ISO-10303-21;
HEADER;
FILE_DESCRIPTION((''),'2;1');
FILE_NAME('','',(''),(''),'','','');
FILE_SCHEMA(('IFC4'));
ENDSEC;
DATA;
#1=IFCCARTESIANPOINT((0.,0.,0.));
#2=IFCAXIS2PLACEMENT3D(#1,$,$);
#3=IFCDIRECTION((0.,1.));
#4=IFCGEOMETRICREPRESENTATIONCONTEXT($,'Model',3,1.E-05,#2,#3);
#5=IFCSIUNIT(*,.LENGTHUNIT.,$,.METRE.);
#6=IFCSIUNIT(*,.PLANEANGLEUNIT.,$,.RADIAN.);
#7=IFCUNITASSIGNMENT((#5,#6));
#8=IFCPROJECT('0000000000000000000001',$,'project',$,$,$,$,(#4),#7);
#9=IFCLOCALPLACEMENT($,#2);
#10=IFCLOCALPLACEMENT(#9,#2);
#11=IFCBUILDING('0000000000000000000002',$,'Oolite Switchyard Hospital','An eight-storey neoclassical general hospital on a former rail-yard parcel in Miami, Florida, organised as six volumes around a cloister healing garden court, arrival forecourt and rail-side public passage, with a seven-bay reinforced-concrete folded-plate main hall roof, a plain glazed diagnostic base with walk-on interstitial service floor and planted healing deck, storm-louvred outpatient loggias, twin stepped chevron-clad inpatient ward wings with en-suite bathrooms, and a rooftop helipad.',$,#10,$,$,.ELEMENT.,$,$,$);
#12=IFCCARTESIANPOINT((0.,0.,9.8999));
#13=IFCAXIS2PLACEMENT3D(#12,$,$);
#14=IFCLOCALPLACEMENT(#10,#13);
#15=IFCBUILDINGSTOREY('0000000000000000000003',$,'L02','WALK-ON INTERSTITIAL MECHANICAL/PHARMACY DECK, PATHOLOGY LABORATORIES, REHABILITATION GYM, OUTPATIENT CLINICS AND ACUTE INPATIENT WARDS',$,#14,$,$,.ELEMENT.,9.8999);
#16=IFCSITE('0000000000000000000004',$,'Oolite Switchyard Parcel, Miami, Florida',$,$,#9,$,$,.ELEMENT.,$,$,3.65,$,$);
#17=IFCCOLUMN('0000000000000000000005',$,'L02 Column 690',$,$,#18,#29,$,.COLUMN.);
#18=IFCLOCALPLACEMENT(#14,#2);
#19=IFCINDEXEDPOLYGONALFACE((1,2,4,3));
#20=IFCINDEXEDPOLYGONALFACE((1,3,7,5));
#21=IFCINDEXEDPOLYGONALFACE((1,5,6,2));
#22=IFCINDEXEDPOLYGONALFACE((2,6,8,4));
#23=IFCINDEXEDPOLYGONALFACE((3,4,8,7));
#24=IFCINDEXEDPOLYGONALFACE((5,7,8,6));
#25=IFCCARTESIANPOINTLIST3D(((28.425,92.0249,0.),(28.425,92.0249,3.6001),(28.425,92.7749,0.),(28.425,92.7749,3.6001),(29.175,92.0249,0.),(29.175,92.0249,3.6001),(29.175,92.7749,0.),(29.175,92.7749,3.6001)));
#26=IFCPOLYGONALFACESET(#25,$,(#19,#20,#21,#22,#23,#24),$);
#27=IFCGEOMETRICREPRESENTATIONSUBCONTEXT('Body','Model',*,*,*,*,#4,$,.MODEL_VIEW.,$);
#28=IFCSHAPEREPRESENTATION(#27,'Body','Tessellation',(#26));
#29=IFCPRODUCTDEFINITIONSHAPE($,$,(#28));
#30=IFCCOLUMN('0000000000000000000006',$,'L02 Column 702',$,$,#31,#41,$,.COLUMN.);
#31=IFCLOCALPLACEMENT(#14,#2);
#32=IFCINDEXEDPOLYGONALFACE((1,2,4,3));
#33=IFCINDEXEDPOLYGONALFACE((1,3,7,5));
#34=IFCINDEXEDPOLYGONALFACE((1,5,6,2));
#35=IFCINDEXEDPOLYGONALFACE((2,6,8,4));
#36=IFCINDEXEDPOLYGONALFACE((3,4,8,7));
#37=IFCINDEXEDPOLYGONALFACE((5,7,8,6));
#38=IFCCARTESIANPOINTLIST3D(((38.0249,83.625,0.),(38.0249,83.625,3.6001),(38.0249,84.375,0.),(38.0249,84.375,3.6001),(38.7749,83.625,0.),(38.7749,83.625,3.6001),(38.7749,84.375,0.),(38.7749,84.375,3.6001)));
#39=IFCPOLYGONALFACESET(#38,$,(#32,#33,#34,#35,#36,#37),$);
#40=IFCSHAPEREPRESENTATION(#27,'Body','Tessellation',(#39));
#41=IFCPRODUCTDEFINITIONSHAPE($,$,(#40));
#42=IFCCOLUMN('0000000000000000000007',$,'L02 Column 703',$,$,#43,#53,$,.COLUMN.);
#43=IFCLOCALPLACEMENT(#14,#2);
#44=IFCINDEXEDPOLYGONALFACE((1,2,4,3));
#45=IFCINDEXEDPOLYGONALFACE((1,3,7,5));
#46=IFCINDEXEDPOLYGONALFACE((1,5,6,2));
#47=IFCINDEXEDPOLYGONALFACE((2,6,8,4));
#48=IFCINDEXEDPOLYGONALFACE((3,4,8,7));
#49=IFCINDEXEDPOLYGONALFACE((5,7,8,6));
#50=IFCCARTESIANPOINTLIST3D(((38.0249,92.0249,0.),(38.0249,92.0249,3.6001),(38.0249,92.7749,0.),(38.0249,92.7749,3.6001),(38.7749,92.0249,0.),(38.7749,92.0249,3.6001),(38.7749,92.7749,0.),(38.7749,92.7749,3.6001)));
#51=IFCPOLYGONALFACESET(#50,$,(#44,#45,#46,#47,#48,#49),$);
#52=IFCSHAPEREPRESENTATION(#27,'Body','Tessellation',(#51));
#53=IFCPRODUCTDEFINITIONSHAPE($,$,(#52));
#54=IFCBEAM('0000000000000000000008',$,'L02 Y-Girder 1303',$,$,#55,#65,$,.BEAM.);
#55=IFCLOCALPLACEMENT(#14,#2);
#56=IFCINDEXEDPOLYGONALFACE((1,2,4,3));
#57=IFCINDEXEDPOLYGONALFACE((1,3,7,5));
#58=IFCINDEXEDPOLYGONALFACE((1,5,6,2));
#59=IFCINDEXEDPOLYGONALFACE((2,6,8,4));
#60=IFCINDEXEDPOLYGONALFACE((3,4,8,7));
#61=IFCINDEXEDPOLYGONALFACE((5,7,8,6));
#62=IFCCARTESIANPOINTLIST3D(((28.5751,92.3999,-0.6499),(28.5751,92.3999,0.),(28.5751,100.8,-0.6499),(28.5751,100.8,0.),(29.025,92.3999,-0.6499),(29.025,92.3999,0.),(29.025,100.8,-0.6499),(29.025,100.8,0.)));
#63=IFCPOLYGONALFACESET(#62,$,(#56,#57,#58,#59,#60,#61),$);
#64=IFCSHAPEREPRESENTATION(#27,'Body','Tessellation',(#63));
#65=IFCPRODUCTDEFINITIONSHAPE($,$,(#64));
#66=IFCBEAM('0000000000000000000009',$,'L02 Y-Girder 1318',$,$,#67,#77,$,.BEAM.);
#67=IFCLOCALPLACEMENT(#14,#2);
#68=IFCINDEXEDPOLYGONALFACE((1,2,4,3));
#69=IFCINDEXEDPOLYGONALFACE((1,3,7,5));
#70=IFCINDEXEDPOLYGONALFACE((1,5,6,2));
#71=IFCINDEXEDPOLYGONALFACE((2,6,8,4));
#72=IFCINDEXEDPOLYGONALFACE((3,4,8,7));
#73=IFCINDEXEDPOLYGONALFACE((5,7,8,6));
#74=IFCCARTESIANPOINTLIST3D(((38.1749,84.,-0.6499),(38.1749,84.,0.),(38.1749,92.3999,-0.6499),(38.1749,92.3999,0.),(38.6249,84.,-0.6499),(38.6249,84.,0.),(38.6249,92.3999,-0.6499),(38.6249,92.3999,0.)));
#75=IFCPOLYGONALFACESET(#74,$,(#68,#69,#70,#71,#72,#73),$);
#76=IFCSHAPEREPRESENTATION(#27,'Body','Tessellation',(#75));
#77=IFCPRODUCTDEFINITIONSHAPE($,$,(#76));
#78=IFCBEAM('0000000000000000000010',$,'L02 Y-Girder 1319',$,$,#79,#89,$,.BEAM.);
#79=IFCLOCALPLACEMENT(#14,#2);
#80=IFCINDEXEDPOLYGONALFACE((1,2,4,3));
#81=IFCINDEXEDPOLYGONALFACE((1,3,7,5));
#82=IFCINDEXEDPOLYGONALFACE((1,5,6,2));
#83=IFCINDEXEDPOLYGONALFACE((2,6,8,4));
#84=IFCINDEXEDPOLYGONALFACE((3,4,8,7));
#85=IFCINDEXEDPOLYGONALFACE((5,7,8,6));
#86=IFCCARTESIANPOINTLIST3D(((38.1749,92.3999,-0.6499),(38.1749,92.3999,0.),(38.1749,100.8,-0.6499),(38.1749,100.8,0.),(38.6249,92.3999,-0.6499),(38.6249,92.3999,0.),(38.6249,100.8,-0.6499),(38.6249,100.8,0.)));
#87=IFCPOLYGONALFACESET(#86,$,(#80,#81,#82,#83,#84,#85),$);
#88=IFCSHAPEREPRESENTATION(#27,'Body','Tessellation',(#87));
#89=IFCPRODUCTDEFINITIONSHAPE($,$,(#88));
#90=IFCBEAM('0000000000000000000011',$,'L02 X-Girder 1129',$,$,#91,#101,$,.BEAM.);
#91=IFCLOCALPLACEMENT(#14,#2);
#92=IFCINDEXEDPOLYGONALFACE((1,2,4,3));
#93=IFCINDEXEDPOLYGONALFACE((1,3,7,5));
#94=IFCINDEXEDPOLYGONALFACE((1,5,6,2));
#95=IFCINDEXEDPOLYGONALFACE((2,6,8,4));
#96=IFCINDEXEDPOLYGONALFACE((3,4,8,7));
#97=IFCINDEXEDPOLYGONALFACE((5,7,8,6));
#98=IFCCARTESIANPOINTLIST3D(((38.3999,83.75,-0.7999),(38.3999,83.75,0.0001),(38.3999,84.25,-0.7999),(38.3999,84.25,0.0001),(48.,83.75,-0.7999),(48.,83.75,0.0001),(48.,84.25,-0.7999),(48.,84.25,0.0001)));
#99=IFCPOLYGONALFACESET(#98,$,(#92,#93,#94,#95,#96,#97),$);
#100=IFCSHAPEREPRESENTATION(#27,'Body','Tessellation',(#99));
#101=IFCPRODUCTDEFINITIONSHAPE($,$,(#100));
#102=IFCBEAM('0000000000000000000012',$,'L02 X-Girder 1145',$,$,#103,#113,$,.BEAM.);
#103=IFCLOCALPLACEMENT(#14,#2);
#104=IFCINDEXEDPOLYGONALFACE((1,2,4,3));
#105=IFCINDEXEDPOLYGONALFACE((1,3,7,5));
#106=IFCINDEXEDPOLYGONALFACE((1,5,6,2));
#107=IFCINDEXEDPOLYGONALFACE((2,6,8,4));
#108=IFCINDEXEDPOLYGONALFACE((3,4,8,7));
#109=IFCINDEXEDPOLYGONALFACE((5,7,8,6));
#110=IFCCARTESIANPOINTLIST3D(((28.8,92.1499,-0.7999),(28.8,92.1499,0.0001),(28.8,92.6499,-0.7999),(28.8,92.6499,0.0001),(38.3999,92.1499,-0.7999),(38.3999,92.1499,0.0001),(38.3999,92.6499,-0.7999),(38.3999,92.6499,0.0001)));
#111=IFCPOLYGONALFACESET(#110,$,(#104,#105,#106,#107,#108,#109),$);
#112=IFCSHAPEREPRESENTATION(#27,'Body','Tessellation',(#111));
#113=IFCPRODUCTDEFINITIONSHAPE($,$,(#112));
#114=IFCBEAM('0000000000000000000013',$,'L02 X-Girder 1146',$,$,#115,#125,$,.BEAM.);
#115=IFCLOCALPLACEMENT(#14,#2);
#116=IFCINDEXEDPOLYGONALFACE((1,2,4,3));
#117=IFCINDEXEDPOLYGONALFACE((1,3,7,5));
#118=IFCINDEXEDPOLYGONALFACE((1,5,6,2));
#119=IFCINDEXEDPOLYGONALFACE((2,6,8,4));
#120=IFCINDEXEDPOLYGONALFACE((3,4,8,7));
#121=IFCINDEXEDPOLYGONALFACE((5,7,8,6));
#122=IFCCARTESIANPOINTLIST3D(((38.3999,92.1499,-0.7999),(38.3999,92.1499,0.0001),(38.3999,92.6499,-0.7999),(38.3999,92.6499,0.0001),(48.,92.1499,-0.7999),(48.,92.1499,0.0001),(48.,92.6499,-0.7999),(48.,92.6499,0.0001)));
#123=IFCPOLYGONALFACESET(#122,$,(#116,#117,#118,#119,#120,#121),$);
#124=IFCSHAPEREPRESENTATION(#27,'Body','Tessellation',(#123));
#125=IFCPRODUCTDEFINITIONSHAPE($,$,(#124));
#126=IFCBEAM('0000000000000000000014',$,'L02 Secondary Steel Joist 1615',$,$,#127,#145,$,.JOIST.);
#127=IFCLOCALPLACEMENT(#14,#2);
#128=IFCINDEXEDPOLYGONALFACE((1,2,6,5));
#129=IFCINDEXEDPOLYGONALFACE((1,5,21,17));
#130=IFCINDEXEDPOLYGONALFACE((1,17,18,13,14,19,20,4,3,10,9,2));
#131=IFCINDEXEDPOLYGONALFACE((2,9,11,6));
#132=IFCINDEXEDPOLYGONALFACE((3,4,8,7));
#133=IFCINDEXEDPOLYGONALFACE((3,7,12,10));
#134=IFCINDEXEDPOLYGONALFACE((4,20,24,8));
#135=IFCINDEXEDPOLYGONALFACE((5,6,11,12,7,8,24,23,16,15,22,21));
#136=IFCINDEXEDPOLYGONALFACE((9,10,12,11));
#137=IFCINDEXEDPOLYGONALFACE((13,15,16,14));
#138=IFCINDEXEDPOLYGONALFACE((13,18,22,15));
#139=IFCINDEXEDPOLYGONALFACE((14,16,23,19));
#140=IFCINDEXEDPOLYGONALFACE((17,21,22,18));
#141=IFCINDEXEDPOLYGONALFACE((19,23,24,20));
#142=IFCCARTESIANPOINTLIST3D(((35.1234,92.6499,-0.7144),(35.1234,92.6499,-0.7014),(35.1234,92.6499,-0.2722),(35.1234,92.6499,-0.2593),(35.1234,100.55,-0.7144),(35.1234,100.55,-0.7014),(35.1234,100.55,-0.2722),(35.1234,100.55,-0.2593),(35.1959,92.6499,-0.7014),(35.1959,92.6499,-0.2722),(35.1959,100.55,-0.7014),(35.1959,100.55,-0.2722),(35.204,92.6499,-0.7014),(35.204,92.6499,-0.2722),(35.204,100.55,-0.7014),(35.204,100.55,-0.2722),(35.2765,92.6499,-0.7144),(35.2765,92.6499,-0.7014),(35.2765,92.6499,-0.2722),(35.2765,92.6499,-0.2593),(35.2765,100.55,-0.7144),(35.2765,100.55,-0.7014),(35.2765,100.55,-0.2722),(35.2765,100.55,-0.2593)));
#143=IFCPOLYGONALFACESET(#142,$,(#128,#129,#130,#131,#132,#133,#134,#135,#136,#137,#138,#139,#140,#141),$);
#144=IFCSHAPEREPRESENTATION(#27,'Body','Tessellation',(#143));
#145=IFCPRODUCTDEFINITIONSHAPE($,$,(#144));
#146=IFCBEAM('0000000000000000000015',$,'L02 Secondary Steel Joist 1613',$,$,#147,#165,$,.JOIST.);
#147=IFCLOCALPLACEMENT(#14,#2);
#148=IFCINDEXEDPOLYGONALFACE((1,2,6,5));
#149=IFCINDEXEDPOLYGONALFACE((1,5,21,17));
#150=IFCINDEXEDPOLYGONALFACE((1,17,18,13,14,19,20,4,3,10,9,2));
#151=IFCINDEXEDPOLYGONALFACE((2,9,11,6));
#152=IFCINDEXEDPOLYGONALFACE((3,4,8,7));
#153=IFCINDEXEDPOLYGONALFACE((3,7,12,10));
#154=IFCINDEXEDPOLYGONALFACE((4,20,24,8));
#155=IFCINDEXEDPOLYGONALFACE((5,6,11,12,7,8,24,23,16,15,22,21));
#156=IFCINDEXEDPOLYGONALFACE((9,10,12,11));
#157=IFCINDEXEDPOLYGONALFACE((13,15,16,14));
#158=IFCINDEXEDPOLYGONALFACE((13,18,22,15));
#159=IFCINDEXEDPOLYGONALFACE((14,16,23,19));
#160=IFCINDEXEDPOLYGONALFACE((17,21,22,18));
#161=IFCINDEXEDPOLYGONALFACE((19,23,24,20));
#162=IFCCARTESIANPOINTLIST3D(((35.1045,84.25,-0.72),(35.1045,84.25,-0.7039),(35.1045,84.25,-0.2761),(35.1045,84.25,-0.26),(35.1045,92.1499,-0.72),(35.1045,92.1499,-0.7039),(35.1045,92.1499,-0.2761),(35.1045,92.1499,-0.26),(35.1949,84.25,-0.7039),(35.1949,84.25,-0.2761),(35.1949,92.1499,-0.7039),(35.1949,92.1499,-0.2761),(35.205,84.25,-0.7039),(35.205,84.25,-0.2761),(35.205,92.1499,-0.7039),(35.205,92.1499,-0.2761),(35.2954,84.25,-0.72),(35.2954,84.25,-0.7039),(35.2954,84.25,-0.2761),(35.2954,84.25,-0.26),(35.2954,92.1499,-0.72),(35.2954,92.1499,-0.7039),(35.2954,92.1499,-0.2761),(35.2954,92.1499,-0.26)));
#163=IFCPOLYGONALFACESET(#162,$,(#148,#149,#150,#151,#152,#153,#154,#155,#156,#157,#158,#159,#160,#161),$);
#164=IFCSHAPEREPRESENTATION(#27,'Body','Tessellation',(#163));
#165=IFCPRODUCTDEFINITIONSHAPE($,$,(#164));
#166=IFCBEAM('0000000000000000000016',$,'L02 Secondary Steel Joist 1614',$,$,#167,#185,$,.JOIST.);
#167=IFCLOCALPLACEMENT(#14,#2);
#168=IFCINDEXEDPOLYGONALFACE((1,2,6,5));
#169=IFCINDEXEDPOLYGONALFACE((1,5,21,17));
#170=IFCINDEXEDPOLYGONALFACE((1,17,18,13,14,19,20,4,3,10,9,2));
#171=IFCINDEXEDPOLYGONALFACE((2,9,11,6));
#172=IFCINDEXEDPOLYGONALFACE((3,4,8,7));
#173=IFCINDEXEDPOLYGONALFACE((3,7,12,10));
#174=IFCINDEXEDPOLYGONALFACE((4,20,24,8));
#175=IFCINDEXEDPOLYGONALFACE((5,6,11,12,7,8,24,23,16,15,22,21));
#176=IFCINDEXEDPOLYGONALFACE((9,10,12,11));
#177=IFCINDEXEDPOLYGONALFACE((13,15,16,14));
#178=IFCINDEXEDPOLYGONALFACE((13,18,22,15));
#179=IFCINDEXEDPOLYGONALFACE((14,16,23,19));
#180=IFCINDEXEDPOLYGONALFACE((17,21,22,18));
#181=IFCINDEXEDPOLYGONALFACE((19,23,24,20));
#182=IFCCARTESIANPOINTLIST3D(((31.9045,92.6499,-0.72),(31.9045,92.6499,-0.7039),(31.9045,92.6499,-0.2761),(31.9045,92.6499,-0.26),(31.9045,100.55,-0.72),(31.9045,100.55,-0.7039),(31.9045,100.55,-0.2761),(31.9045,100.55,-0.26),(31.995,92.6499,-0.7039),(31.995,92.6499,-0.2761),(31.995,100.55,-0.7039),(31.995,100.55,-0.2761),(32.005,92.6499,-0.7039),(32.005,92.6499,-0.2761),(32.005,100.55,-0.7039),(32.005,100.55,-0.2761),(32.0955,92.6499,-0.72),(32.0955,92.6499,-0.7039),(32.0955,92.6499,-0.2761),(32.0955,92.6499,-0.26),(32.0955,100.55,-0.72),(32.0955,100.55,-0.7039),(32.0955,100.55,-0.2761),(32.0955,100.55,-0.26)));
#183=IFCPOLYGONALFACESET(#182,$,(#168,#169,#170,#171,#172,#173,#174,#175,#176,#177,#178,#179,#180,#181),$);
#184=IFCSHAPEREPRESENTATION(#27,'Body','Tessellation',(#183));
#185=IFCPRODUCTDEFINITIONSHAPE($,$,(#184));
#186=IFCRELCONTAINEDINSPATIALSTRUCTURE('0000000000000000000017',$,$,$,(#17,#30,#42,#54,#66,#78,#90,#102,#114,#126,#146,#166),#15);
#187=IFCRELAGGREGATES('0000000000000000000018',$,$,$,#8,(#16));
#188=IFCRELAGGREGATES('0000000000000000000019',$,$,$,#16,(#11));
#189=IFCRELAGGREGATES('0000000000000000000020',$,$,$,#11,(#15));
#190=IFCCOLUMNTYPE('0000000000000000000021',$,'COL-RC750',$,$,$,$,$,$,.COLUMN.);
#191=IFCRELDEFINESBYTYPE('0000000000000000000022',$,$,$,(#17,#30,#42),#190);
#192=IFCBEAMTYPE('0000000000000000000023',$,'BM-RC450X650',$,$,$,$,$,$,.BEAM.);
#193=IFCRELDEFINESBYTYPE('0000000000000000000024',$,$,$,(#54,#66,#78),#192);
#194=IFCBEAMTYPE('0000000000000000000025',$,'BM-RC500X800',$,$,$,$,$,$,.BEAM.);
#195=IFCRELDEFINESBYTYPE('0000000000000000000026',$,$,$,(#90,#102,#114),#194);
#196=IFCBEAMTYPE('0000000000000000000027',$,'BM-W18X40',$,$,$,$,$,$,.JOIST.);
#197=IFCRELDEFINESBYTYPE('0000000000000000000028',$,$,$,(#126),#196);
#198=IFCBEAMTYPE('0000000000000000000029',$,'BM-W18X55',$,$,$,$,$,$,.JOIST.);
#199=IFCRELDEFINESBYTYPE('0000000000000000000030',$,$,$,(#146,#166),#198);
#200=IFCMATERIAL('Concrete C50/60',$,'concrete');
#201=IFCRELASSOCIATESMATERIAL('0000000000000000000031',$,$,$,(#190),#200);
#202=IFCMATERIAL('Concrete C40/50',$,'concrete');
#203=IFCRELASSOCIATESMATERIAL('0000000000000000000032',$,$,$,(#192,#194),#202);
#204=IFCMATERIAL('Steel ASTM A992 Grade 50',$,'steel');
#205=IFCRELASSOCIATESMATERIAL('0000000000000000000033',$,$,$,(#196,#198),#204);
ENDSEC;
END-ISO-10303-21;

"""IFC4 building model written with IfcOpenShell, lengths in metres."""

from ifc_helpers import new_model, si_unit, direction, frame, origin, origin_2d, place, context, subcontext, project, spatial, rectangle, i_section, extrude, material, material_profile, profile_set, type_object, element, save


model = new_model("IFC4")

# Units and contexts
model_context = context("Model", 3, precision=1e-05, world=origin(), true_north=direction((0.0, 1.0)))
body_context = subcontext(model_context, "Body", "Model", "MODEL_VIEW")
ifc_project = project(units=[si_unit("LENGTHUNIT", "METRE"), si_unit("PLANEANGLEUNIT", "RADIAN")], contexts=[model_context])

# Site, building, storey
site_placement = place(None, origin())
site = spatial("IfcSite", under=ifc_project, at=site_placement, Name="Oolite Switchyard Parcel, Miami, Florida", CompositionType="ELEMENT", RefElevation=3.65)
building_placement = place(site_placement, origin())
building = spatial("IfcBuilding", under=site, at=building_placement, Name="Oolite Switchyard Hospital", Description="An eight-storey neoclassical general hospital on a former rail-yard parcel in Miami, Florida, organised as six volumes around a cloister healing garden court, arrival forecourt and rail-side public passage, with a seven-bay reinforced-concrete folded-plate main hall roof, a plain glazed diagnostic base with walk-on interstitial service floor and planted healing deck, storm-louvred outpatient loggias, twin stepped chevron-clad inpatient ward wings with en-suite bathrooms, and a rooftop helipad.", CompositionType="ELEMENT")
storey_placement = place(building_placement, frame((0.0, 0.0, 9.8999)))
storey = spatial("IfcBuildingStorey", under=building, at=storey_placement, Name="L02", Description="WALK-ON INTERSTITIAL MECHANICAL/PHARMACY DECK, PATHOLOGY LABORATORIES, REHABILITATION GYM, OUTPATIENT CLINICS AND ACUTE INPATIENT WARDS", CompositionType="ELEMENT", Elevation=9.8999)

# Columns
ifc_material_1 = material(Name="Concrete C50/60", Category="concrete")
ifc_material_profile_1 = material_profile(ifc_material_1, rectangle(XDim=0.75, YDim=0.75, at=origin_2d()), Name="RC750X750")
ifc_profile_set_1 = profile_set([ifc_material_profile_1], Name="Concrete C50/60")
column_type = type_object("IfcColumnType", Name="COL-RC750", PredefinedType="COLUMN", material=ifc_profile_set_1)
for number, where, z_axis, x_axis, name in (
    (1, (28.8, 92.3999, 0.0), (0.0, 0.0, 1.0), (1.0, 0.0, 0.0), "L02 Column 690"),
    (2, (38.3999, 84.0, 0.0), (0.0, 0.0, 1.0), (1.0, 0.0, 0.0), "L02 Column 702"),
    (3, (38.3999, 92.3999, 0.0), (0.0, 0.0, 1.0), (1.0, 0.0, 0.0), "L02 Column 703"),
):
    element("IfcColumn", number, at=place(storey_placement, frame(where, z_axis=z_axis, x_axis=x_axis)), inside=storey, type_object=column_type, Name=name, PredefinedType="COLUMN", context=body_context, shape_type="SweptSolid", body=[
        extrude(rectangle(XDim=0.75, YDim=0.75, at=origin_2d()), origin(), (0.0, 0.0, 1.0), 3.6001),
    ])

# Beams
ifc_material_2 = material(Name="Concrete C40/50", Category="concrete")
ifc_material_profile_2 = material_profile(ifc_material_2, rectangle(XDim=0.45, YDim=0.6499, at=origin_2d()), Name="RCB450X650")
ifc_profile_set_2 = profile_set([ifc_material_profile_2], Name="Concrete C40/50")
beam_type_1 = type_object("IfcBeamType", Name="BM-RC450X650", PredefinedType="BEAM", material=ifc_profile_set_2)
beam_1_placement = place(storey_placement, frame((28.8, 92.3999, -0.325), z_axis=(0.0, 1.0, 0.0), x_axis=(-1.0, 0.0, 0.0)))
element("IfcBeam", 4, at=beam_1_placement, inside=storey, type_object=beam_type_1, Name="L02 Y-Girder 1303", PredefinedType="BEAM", context=body_context, shape_type="SweptSolid", body=[
    extrude(rectangle(XDim=0.45, YDim=0.6499, at=origin_2d()), origin(), (0.0, 0.0, 1.0), 8.4001),
])
beam_2_placement = place(storey_placement, frame((38.3999, 84.0, -0.325), z_axis=(0.0, 1.0, 0.0), x_axis=(-1.0, 0.0, 0.0)))
element("IfcBeam", 5, at=beam_2_placement, inside=storey, type_object=beam_type_1, Name="L02 Y-Girder 1318", PredefinedType="BEAM", context=body_context, shape_type="SweptSolid", body=[
    extrude(rectangle(XDim=0.45, YDim=0.6499, at=origin_2d()), origin(), (0.0, 0.0, 1.0), 8.3999),
])
beam_3_placement = place(storey_placement, frame((38.3999, 92.3999, -0.325), z_axis=(0.0, 1.0, 0.0), x_axis=(-1.0, 0.0, 0.0)))
element("IfcBeam", 6, at=beam_3_placement, inside=storey, type_object=beam_type_1, Name="L02 Y-Girder 1319", PredefinedType="BEAM", context=body_context, shape_type="SweptSolid", body=[
    extrude(rectangle(XDim=0.45, YDim=0.6499, at=origin_2d()), origin(), (0.0, 0.0, 1.0), 8.4001),
])
ifc_material_profile_3 = material_profile(ifc_material_2, rectangle(XDim=0.5, YDim=0.8, at=origin_2d()), Name="RCB500X800")
ifc_profile_set_3 = profile_set([ifc_material_profile_3], Name="Concrete C40/50")
beam_type_2 = type_object("IfcBeamType", Name="BM-RC500X800", PredefinedType="BEAM", material=ifc_profile_set_3)
beam_4_placement = place(storey_placement, frame((38.3999, 84.0, -0.3999), z_axis=(1.0, 0.0, 0.0), x_axis=(0.0, 1.0, 0.0)))
element("IfcBeam", 7, at=beam_4_placement, inside=storey, type_object=beam_type_2, Name="L02 X-Girder 1129", PredefinedType="BEAM", context=body_context, shape_type="SweptSolid", body=[
    extrude(rectangle(XDim=0.5, YDim=0.8, at=origin_2d()), origin(), (0.0, 0.0, 1.0), 9.6001),
])
beam_5_placement = place(storey_placement, frame((28.8, 92.3999, -0.3999), z_axis=(1.0, 0.0, 0.0), x_axis=(0.0, 1.0, 0.0)))
element("IfcBeam", 8, at=beam_5_placement, inside=storey, type_object=beam_type_2, Name="L02 X-Girder 1145", PredefinedType="BEAM", context=body_context, shape_type="SweptSolid", body=[
    extrude(rectangle(XDim=0.5, YDim=0.8, at=origin_2d()), origin(), (0.0, 0.0, 1.0), 9.5999),
])
beam_6_placement = place(storey_placement, frame((38.3999, 92.3999, -0.3999), z_axis=(1.0, 0.0, 0.0), x_axis=(0.0, 1.0, 0.0)))
element("IfcBeam", 9, at=beam_6_placement, inside=storey, type_object=beam_type_2, Name="L02 X-Girder 1146", PredefinedType="BEAM", context=body_context, shape_type="SweptSolid", body=[
    extrude(rectangle(XDim=0.5, YDim=0.8, at=origin_2d()), origin(), (0.0, 0.0, 1.0), 9.6001),
])
ifc_material_3 = material(Name="Steel ASTM A992 Grade 50", Category="steel")
ifc_material_profile_4 = material_profile(ifc_material_3, i_section(OverallWidth=0.1531, OverallDepth=0.4551, WebThickness=0.0081, FlangeThickness=0.0129, at=origin_2d()), Name="W18X40")
ifc_profile_set_4 = profile_set([ifc_material_profile_4], Name="Steel ASTM A992 Grade 50")
beam_type_3 = type_object("IfcBeamType", Name="BM-W18X40", PredefinedType="JOIST", material=ifc_profile_set_4)
beam_7_placement = place(storey_placement, frame((35.2, 92.6499, -0.4868), z_axis=(0.0, 1.0, 0.0), x_axis=(-1.0, 0.0, 0.0)))
element("IfcBeam", 10, at=beam_7_placement, inside=storey, type_object=beam_type_3, Name="L02 Secondary Steel Joist 1615", PredefinedType="JOIST", context=body_context, shape_type="SweptSolid", body=[
    extrude(i_section(OverallWidth=0.1531, OverallDepth=0.4551, WebThickness=0.0081, FlangeThickness=0.0129, at=origin_2d()), origin(), (0.0, 0.0, 1.0), 7.9001),
])
ifc_material_profile_5 = material_profile(ifc_material_3, i_section(OverallWidth=0.1909, OverallDepth=0.46, WebThickness=0.01, FlangeThickness=0.0161, at=origin_2d()), Name="W18X55")
ifc_profile_set_5 = profile_set([ifc_material_profile_5], Name="Steel ASTM A992 Grade 50")
beam_type_4 = type_object("IfcBeamType", Name="BM-W18X55", PredefinedType="JOIST", material=ifc_profile_set_5)
beam_8_placement = place(storey_placement, frame((35.2, 84.25, -0.49), z_axis=(0.0, 1.0, 0.0), x_axis=(-1.0, 0.0, 0.0)))
element("IfcBeam", 11, at=beam_8_placement, inside=storey, type_object=beam_type_4, Name="L02 Secondary Steel Joist 1613", PredefinedType="JOIST", context=body_context, shape_type="SweptSolid", body=[
    extrude(i_section(OverallWidth=0.1909, OverallDepth=0.46, WebThickness=0.01, FlangeThickness=0.0161, at=origin_2d()), origin(), (0.0, 0.0, 1.0), 7.8999),
])
beam_9_placement = place(storey_placement, frame((32.0, 92.6499, -0.49), z_axis=(0.0, 1.0, 0.0), x_axis=(-1.0, 0.0, 0.0)))
element("IfcBeam", 12, at=beam_9_placement, inside=storey, type_object=beam_type_4, Name="L02 Secondary Steel Joist 1614", PredefinedType="JOIST", context=body_context, shape_type="SweptSolid", body=[
    extrude(i_section(OverallWidth=0.1909, OverallDepth=0.46, WebThickness=0.01, FlangeThickness=0.0161, at=origin_2d()), origin(), (0.0, 0.0, 1.0), 7.9001),
])

save(model, "model.ifc")
